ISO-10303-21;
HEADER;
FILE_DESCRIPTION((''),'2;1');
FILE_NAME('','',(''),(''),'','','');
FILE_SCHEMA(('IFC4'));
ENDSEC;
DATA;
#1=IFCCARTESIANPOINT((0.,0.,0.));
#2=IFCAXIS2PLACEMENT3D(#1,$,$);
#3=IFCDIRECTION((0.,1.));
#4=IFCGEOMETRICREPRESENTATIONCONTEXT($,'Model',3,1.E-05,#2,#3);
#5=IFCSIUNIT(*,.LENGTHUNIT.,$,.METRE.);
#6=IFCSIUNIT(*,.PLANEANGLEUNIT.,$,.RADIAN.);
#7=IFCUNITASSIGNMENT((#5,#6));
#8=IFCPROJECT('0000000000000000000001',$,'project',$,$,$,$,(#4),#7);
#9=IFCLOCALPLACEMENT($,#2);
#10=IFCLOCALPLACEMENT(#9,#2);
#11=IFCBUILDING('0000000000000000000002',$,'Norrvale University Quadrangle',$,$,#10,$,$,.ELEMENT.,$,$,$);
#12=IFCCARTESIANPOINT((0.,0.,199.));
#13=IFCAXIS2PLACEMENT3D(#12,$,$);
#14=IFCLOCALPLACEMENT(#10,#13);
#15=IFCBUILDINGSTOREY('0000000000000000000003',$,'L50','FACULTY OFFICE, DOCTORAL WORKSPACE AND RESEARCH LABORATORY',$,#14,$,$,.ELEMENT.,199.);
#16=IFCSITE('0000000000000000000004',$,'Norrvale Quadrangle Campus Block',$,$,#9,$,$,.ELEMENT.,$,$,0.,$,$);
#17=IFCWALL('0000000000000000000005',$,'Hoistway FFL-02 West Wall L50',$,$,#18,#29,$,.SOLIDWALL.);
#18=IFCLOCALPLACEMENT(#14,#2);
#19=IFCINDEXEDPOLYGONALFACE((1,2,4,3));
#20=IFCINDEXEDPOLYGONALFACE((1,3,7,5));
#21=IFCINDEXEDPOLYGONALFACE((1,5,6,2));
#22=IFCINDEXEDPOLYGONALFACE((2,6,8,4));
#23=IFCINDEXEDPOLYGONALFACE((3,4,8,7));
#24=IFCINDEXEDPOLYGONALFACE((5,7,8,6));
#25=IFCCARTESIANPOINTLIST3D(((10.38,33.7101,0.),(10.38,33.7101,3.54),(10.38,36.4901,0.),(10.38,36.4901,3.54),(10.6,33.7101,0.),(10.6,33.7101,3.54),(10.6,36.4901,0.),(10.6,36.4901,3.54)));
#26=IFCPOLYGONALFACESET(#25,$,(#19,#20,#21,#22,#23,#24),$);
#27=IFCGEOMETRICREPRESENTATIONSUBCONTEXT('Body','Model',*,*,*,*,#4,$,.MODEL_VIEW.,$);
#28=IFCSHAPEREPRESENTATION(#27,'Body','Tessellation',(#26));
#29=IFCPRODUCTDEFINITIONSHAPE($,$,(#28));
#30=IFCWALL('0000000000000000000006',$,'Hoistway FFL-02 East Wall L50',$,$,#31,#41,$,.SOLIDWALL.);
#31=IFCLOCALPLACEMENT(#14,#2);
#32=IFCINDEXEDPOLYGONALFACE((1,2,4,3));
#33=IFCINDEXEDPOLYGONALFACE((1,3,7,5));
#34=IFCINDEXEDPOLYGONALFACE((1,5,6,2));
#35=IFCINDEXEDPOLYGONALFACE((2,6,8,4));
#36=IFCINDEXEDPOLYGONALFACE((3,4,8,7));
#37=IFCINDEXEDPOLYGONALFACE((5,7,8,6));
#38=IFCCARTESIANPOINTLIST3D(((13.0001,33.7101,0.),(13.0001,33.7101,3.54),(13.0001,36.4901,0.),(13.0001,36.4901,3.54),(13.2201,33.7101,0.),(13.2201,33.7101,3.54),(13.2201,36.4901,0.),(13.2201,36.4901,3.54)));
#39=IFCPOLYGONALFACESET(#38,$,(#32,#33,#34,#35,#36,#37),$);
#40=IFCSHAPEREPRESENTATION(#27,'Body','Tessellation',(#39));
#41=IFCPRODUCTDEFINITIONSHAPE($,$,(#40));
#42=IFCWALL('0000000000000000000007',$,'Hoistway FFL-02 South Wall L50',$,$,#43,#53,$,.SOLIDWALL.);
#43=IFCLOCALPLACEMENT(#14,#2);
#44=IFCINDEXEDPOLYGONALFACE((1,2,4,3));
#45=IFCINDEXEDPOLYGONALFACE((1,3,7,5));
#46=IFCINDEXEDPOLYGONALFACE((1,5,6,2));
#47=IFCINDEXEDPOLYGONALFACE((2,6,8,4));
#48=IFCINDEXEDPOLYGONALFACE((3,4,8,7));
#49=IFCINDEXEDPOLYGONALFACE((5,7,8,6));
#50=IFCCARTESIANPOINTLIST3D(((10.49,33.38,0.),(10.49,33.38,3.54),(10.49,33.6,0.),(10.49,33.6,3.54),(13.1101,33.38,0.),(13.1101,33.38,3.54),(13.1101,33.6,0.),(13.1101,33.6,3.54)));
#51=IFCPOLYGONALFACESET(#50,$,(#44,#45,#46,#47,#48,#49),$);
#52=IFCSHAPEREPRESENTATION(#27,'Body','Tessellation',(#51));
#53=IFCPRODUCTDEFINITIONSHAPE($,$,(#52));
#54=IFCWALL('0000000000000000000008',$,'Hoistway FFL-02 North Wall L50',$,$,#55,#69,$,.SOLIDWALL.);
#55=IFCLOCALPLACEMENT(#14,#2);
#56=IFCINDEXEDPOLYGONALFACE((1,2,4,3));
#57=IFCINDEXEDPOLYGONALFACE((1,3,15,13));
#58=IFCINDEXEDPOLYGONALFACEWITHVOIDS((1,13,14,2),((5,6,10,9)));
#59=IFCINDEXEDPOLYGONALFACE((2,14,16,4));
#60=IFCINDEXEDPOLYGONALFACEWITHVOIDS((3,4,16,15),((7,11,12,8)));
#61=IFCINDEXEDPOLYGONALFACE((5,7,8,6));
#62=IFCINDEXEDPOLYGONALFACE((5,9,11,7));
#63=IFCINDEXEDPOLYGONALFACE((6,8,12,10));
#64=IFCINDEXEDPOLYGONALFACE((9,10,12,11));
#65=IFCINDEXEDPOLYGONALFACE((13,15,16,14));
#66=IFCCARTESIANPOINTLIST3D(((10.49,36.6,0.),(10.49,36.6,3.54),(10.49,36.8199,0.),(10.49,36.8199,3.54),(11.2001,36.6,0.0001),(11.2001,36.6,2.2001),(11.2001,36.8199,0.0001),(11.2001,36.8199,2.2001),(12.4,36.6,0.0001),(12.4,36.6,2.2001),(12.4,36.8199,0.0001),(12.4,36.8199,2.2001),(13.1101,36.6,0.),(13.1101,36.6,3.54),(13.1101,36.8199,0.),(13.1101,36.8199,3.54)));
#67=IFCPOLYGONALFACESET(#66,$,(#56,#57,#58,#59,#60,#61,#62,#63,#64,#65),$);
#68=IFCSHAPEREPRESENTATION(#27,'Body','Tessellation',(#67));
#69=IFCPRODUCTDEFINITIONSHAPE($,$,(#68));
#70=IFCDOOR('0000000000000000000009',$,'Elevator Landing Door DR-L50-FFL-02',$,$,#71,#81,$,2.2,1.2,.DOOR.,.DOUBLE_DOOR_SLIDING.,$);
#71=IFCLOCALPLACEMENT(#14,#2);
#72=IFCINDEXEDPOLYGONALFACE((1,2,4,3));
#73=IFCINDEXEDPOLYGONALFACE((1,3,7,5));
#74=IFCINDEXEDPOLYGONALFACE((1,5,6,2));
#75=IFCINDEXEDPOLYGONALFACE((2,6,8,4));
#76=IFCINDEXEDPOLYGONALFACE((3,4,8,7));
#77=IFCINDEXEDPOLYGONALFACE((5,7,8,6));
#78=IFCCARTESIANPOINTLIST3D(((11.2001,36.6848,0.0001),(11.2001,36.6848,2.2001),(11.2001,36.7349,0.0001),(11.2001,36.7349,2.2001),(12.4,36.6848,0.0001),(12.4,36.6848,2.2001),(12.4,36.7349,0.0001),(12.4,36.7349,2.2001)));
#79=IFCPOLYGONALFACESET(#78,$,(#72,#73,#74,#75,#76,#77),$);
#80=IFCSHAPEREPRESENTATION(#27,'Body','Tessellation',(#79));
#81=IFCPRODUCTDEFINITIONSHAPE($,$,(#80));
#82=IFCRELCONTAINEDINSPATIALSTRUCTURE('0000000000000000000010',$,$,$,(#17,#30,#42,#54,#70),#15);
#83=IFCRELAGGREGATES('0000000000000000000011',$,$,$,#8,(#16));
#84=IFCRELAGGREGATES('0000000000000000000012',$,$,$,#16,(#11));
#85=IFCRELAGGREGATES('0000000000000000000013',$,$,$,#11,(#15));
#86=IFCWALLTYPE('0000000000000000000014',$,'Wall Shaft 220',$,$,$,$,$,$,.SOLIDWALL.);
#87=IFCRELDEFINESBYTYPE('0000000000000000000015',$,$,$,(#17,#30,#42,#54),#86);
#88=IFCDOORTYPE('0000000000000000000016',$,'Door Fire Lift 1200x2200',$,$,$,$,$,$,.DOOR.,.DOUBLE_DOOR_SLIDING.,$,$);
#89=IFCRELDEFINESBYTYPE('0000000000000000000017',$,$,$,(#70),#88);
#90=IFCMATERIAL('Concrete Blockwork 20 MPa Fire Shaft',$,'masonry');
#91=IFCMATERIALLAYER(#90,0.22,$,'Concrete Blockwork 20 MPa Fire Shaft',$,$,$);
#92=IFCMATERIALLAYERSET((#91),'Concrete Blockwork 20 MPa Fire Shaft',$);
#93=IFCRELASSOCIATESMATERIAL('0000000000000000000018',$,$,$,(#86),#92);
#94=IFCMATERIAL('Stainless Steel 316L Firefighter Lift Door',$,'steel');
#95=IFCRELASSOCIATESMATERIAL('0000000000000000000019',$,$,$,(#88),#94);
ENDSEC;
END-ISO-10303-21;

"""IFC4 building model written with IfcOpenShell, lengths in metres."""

from ifc_helpers import new_model, si_unit, direction, frame, frame_2d, origin, place, context, subcontext, project, spatial, rectangle, extrude, material, layer, layer_set, type_object, element, fill, save


model = new_model("IFC4")

# Units and contexts
model_context = context("Model", 3, precision=1e-05, world=origin(), true_north=direction((0.0, 1.0)))
body_context = subcontext(model_context, "Body", "Model", "MODEL_VIEW")
ifc_project = project(units=[si_unit("LENGTHUNIT", "METRE"), si_unit("PLANEANGLEUNIT", "RADIAN")], contexts=[model_context])

# Site, building, storey
site_placement = place(None, origin())
site = spatial("IfcSite", under=ifc_project, at=site_placement, Name="Norrvale Quadrangle Campus Block", CompositionType="ELEMENT", RefElevation=0.0)
building_placement = place(site_placement, origin())
building = spatial("IfcBuilding", under=site, at=building_placement, Name="Norrvale University Quadrangle", CompositionType="ELEMENT")
storey_placement = place(building_placement, frame((0.0, 0.0, 199.0)))
storey = spatial("IfcBuildingStorey", under=building, at=storey_placement, Name="L50", Description="FACULTY OFFICE, DOCTORAL WORKSPACE AND RESEARCH LABORATORY", CompositionType="ELEMENT", Elevation=199.0)

# Shared definitions
ifc_material_1 = material(Name="Concrete Blockwork 20 MPa Fire Shaft", Category="masonry")
ifc_layer_1 = layer(ifc_material_1, 0.22, Name="Concrete Blockwork 20 MPa Fire Shaft")
ifc_layer_set_1 = layer_set([ifc_layer_1], Name="Concrete Blockwork 20 MPa Fire Shaft")
wall_type_1 = type_object("IfcWallType", Name="Wall Shaft 220", PredefinedType="SOLIDWALL", material=ifc_layer_set_1)

# Shared definitions
ifc_material_2 = material(Name="Stainless Steel 316L Firefighter Lift Door", Category="steel")
door_type = type_object("IfcDoorType", Name="Door Fire Lift 1200x2200", OperationType="DOUBLE_DOOR_SLIDING", PredefinedType="DOOR", material=ifc_material_2)

# Walls
for number, where, z_axis, x_axis, name in (
    (1, (10.49, 33.71, 0.0), (0.0, 0.0, 1.0), (0.0, 1.0, 0.0), "Hoistway FFL-02 West Wall L50"),
    (2, (13.1101, 33.71, 0.0), (0.0, 0.0, 1.0), (0.0, 1.0, 0.0), "Hoistway FFL-02 East Wall L50"),
):
    element("IfcWall", number, at=place(storey_placement, frame(where, z_axis=z_axis, x_axis=x_axis)), inside=storey, type_object=wall_type_1, Name=name, PredefinedType="SOLIDWALL", context=body_context, shape_type="SweptSolid", body=[
        extrude(rectangle(XDim=2.78, YDim=0.22, at=frame_2d((1.3901, 0.0))), origin(), (0.0, 0.0, 1.0), 3.54),
    ])
wall_1_placement = place(storey_placement, frame((10.49, 33.49, 0.0), z_axis=(0.0, 0.0, 1.0), x_axis=(1.0, 0.0, 0.0)))
element("IfcWall", 3, at=wall_1_placement, inside=storey, type_object=wall_type_1, Name="Hoistway FFL-02 South Wall L50", PredefinedType="SOLIDWALL", context=body_context, shape_type="SweptSolid", body=[
    extrude(rectangle(XDim=2.6201, YDim=0.22, at=frame_2d((1.3101, 0.0))), origin(), (0.0, 0.0, 1.0), 3.54),
])

# Wall, opening, door
wall_2_placement = place(storey_placement, frame((10.49, 36.71, 0.0), z_axis=(0.0, 0.0, 1.0), x_axis=(1.0, 0.0, 0.0)))
wall_2 = element("IfcWall", 4, at=wall_2_placement, inside=storey, type_object=wall_type_1, Name="Hoistway FFL-02 North Wall L50", PredefinedType="SOLIDWALL", context=body_context, shape_type="SweptSolid", body=[
    extrude(rectangle(XDim=2.6201, YDim=0.22, at=frame_2d((1.3101, 0.0))), origin(), (0.0, 0.0, 1.0), 3.54),
])
opening_1_placement = place(wall_2_placement, frame((0.71, 0.0, 0.0)))
opening_1 = element("IfcOpeningElement", 5, at=opening_1_placement, cuts=wall_2, PredefinedType="OPENING", context=body_context, shape_type="SweptSolid", body=[
    extrude(rectangle(XDim=1.2, YDim=2.2, at=frame_2d((0.6001, 1.1001))), frame((0.0, 0.1221, 0.0), z_axis=(0.0, -1.0, 0.0), x_axis=(1.0, 0.0, 0.0)), (0.0, 0.0, 1.0), 0.2439),
])
door_1_placement = place(opening_1_placement, origin())
door_1 = element("IfcDoor", 6, at=door_1_placement, inside=storey, type_object=door_type, Name="Elevator Landing Door DR-L50-FFL-02", OperationType="DOUBLE_DOOR_SLIDING", OverallHeight=2.2, OverallWidth=1.2, PredefinedType="DOOR", context=body_context, shape_type="SweptSolid", body=[
    extrude(rectangle(XDim=1.2, YDim=2.2, at=frame_2d((0.6001, 1.1001))), frame((0.0, 0.0249, 0.0), z_axis=(0.0, -1.0, 0.0), x_axis=(1.0, 0.0, 0.0)), (0.0, 0.0, 1.0), 0.05),
])
fill(opening_1, door_1)

save(model, "model.ifc")
